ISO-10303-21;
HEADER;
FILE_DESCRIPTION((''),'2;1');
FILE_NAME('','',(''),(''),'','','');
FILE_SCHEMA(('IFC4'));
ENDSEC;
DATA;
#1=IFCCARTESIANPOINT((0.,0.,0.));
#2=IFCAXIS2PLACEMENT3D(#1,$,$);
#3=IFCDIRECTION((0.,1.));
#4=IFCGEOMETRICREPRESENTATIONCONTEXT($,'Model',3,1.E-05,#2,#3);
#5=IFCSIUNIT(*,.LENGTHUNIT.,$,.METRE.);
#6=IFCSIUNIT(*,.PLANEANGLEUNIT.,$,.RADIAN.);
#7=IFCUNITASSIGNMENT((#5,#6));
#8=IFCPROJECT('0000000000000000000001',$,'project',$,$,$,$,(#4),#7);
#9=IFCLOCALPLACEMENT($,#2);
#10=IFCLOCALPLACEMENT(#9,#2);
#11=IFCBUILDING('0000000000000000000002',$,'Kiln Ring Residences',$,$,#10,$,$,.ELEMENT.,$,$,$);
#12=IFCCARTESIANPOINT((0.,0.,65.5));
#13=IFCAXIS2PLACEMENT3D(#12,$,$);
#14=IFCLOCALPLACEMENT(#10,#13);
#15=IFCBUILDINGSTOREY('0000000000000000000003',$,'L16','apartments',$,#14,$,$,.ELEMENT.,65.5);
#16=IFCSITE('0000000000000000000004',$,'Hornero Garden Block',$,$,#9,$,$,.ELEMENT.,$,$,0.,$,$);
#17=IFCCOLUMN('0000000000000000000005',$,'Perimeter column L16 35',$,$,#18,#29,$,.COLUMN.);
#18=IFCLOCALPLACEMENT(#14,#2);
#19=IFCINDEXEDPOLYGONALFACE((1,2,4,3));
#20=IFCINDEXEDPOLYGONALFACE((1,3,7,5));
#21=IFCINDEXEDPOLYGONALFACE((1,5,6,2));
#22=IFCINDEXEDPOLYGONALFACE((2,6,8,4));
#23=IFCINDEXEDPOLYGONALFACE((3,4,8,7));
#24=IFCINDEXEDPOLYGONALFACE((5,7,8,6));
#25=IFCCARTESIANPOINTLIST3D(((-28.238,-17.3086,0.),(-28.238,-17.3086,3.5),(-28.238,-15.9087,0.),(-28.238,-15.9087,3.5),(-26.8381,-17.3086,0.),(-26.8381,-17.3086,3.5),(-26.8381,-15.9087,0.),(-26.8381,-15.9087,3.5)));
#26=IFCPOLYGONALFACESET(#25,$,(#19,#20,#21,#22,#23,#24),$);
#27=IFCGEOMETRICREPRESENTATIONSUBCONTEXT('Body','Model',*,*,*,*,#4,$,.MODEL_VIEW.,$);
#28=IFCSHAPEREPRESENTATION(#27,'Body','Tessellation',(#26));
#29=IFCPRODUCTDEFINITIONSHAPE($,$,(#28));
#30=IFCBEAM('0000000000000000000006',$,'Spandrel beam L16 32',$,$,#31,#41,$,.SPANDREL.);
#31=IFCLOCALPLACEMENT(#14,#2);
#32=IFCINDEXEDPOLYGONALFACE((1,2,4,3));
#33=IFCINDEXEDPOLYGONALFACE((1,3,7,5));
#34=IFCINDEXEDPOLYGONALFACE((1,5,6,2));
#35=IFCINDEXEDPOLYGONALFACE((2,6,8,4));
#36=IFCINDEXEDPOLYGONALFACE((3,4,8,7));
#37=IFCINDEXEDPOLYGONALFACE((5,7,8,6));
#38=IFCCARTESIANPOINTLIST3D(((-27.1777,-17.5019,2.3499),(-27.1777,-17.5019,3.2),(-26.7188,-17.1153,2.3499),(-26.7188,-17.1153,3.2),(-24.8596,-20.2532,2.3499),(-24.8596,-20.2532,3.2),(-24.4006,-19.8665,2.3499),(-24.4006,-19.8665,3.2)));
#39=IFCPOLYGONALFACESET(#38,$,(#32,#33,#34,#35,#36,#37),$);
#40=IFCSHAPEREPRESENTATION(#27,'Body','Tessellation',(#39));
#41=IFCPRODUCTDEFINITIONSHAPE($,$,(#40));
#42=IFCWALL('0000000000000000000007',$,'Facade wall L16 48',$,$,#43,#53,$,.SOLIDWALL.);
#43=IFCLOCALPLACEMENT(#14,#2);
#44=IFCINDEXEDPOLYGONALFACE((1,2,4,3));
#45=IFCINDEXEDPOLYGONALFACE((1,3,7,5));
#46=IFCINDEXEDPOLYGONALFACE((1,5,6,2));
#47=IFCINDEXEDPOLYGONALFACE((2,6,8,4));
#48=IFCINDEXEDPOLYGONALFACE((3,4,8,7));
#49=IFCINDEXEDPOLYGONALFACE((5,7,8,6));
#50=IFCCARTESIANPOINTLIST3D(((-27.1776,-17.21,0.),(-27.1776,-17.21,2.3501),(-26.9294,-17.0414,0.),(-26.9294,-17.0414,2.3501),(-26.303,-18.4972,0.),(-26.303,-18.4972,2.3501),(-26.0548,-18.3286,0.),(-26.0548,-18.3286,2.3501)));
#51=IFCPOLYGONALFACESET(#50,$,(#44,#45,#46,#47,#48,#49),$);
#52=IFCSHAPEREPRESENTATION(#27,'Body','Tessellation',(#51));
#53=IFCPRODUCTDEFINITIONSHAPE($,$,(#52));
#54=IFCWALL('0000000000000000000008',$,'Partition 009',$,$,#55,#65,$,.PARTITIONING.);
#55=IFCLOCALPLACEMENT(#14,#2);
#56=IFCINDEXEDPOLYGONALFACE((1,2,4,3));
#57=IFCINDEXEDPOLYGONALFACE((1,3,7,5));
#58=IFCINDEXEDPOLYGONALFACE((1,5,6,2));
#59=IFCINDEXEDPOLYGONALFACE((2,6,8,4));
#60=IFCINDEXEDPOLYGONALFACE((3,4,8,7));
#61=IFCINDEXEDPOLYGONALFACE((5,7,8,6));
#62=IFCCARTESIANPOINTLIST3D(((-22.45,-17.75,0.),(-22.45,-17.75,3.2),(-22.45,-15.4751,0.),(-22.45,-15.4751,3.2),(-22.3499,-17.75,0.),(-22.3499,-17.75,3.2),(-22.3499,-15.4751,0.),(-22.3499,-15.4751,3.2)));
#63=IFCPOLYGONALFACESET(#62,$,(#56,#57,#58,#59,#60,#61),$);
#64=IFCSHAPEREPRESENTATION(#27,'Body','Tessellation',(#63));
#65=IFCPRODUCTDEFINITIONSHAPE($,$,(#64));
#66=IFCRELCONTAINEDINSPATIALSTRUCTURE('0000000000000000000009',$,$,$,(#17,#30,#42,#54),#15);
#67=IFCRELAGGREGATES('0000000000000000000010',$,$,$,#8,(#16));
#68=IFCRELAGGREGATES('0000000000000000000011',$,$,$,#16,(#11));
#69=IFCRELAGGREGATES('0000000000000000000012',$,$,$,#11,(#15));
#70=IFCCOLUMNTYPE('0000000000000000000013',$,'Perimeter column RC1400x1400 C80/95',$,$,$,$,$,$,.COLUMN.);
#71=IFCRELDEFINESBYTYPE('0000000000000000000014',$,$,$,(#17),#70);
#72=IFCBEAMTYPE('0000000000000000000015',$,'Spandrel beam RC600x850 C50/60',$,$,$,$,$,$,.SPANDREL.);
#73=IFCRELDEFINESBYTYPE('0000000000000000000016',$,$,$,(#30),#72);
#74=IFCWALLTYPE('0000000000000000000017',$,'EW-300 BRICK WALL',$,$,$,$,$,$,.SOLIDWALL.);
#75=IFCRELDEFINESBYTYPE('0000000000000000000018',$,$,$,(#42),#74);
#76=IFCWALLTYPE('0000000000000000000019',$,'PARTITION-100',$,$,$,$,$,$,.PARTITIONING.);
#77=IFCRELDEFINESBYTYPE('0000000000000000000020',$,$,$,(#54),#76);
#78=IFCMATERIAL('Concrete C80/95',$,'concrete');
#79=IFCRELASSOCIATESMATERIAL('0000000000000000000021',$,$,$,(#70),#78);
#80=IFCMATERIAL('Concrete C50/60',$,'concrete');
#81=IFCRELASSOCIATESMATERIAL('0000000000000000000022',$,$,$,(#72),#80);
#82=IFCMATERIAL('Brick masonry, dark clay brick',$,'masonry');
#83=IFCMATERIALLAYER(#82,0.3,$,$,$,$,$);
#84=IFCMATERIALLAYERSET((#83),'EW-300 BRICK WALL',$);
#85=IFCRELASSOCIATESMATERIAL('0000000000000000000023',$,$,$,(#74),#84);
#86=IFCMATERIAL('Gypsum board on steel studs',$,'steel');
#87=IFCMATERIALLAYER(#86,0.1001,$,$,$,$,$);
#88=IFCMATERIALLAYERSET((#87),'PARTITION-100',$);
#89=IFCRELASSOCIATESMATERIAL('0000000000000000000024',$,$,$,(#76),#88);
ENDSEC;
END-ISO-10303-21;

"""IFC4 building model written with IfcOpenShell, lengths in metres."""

from ifc_helpers import new_model, si_unit, direction, frame, frame_2d, origin, origin_2d, place, context, subcontext, project, spatial, rectangle, extrude, material, layer, layer_set, material_profile, profile_set, type_object, element, save


model = new_model("IFC4")

# Units and contexts
model_context = context("Model", 3, precision=1e-05, world=origin(), true_north=direction((0.0, 1.0)))
body_context = subcontext(model_context, "Body", "Model", "MODEL_VIEW")
ifc_project = project(units=[si_unit("LENGTHUNIT", "METRE"), si_unit("PLANEANGLEUNIT", "RADIAN")], contexts=[model_context])

# Site, building, storey
site_placement = place(None, origin())
site = spatial("IfcSite", under=ifc_project, at=site_placement, Name="Hornero Garden Block", CompositionType="ELEMENT", RefElevation=0.0)
building_placement = place(site_placement, origin())
building = spatial("IfcBuilding", under=site, at=building_placement, Name="Kiln Ring Residences", CompositionType="ELEMENT")
storey_placement = place(building_placement, frame((0.0, 0.0, 65.5)))
storey = spatial("IfcBuildingStorey", under=building, at=storey_placement, Name="L16", Description="apartments", CompositionType="ELEMENT", Elevation=65.5)

# Column
ifc_material_1 = material(Name="Concrete C80/95", Category="concrete")
ifc_material_profile_1 = material_profile(ifc_material_1, rectangle(XDim=1.3999, YDim=1.3999, at=origin_2d()), Name="RC1400x1400")
ifc_profile_set_1 = profile_set([ifc_material_profile_1], Name="Concrete C80/95")
column_type = type_object("IfcColumnType", Name="Perimeter column RC1400x1400 C80/95", PredefinedType="COLUMN", material=ifc_profile_set_1)
column_placement = place(storey_placement, frame((-27.5381, -16.6086, 0.0), z_axis=(0.0, 0.0, 1.0), x_axis=(1.0, 0.0, 0.0)))
element("IfcColumn", 1, at=column_placement, inside=storey, type_object=column_type, Name="Perimeter column L16 35", PredefinedType="COLUMN", context=body_context, shape_type="SweptSolid", body=[
    extrude(rectangle(XDim=1.3999, YDim=1.3999, at=origin_2d()), origin(), (0.0, 0.0, 1.0), 3.5),
])

# Beam
ifc_material_2 = material(Name="Concrete C50/60", Category="concrete")
ifc_material_profile_2 = material_profile(ifc_material_2, rectangle(XDim=0.6001, YDim=0.8501, at=origin_2d()), Name="RC600x850")
ifc_profile_set_2 = profile_set([ifc_material_profile_2], Name="Concrete C50/60")
beam_type = type_object("IfcBeamType", Name="Spandrel beam RC600x850 C50/60", PredefinedType="SPANDREL", material=ifc_profile_set_2)
beam_placement = place(storey_placement, frame((-26.9482, -17.3086, 2.7749), z_axis=(0.644347, -0.764733, 0.0), x_axis=(0.764733, 0.644347, 0.0)))
element("IfcBeam", 2, at=beam_placement, inside=storey, type_object=beam_type, Name="Spandrel beam L16 32", PredefinedType="SPANDREL", context=body_context, shape_type="SweptSolid", body=[
    extrude(rectangle(XDim=0.6001, YDim=0.8501, at=origin_2d()), origin(), (0.0, 0.0, 1.0), 3.5977),
])

# Wall
ifc_material_3 = material(Name="Brick masonry, dark clay brick", Category="masonry")
ifc_layer_1 = layer(ifc_material_3, 0.3)
ifc_layer_set_1 = layer_set([ifc_layer_1], Name="EW-300 BRICK WALL")
wall_type_1 = type_object("IfcWallType", Name="EW-300 BRICK WALL", PredefinedType="SOLIDWALL", material=ifc_layer_set_1)
wall_1_placement = place(storey_placement, frame((-27.0535, -17.1257, 0.0), z_axis=(0.0, 0.0, 1.0), x_axis=(0.561992, -0.827142, 0.0)))
element("IfcWall", 3, at=wall_1_placement, inside=storey, type_object=wall_type_1, Name="Facade wall L16 48", PredefinedType="SOLIDWALL", context=body_context, shape_type="SweptSolid", body=[
    extrude(rectangle(XDim=1.5562, YDim=0.3, at=frame_2d((0.7781, 0.0))), origin(), (0.0, 0.0, 1.0), 2.3501),
])

# Shared definitions
ifc_material_4 = material(Name="Gypsum board on steel studs", Category="steel")
ifc_layer_2 = layer(ifc_material_4, 0.1001)
ifc_layer_set_2 = layer_set([ifc_layer_2], Name="PARTITION-100")
wall_type_2 = type_object("IfcWallType", Name="PARTITION-100", PredefinedType="PARTITIONING", material=ifc_layer_set_2)

# Wall
wall_2_placement = place(storey_placement, frame((-22.3999, -17.75, 0.0), z_axis=(0.0, 0.0, 1.0), x_axis=(0.0, 1.0, 0.0)))
element("IfcWall", 4, at=wall_2_placement, inside=storey, type_object=wall_type_2, Name="Partition 009", PredefinedType="PARTITIONING", context=body_context, shape_type="SweptSolid", body=[
    extrude(rectangle(XDim=2.2749, YDim=0.1001, at=frame_2d((1.1375, 0.0))), origin(), (0.0, 0.0, 1.0), 3.2),
])

save(model, "model.ifc")
